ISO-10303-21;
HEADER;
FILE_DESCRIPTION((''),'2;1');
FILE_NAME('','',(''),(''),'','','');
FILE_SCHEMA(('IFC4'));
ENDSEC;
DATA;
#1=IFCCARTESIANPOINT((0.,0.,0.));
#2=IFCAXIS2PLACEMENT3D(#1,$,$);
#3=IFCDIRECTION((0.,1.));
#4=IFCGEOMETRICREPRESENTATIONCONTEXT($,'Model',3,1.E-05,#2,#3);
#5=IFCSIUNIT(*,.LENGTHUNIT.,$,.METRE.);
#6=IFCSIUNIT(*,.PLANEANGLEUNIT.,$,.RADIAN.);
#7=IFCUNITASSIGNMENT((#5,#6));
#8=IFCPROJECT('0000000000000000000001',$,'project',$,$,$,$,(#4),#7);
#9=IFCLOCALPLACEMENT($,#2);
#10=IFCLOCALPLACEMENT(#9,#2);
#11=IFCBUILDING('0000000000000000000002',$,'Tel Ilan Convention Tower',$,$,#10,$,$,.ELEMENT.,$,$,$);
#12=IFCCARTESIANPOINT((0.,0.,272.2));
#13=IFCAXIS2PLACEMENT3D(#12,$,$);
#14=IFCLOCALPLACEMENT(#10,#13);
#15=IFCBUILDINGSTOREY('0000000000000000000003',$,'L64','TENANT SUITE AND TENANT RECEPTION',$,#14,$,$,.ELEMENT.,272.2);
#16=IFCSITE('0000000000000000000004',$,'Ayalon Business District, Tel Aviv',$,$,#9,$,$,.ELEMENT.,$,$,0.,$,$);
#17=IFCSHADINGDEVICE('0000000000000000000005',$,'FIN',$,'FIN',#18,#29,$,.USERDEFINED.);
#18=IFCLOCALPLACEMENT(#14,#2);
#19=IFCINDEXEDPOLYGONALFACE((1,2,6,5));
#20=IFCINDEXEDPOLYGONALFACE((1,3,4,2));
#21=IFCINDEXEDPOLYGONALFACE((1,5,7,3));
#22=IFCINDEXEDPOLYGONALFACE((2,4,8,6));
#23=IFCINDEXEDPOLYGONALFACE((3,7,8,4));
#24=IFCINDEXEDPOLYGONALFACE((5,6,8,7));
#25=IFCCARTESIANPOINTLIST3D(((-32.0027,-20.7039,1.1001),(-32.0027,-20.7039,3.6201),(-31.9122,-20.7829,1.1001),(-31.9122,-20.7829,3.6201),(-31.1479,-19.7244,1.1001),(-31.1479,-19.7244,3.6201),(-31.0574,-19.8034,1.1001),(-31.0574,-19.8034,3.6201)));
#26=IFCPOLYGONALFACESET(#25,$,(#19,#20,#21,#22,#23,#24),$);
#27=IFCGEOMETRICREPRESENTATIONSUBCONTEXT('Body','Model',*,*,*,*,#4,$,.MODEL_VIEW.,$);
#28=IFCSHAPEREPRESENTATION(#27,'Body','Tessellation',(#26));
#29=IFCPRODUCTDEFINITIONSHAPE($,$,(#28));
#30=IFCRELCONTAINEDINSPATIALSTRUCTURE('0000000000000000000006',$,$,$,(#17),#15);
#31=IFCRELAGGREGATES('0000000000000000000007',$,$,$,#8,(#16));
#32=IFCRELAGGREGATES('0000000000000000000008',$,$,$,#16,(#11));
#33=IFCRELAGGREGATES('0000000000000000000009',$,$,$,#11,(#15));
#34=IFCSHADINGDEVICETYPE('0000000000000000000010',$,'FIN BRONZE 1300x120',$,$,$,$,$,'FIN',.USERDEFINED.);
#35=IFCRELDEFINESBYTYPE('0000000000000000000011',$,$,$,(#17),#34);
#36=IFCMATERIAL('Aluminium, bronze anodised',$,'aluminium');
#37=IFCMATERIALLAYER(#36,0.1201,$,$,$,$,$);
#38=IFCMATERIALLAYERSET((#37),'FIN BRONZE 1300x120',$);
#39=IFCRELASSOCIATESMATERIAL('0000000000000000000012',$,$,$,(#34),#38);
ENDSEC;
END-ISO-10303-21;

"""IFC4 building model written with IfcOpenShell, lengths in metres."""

from ifc_helpers import new_model, si_unit, direction, frame, origin, origin_2d, place, context, subcontext, project, spatial, rectangle, extrude, material, layer, layer_set, type_object, element, save


model = new_model("IFC4")

# Units and contexts
model_context = context("Model", 3, precision=1e-05, world=origin(), true_north=direction((0.0, 1.0)))
body_context = subcontext(model_context, "Body", "Model", "MODEL_VIEW")
ifc_project = project(units=[si_unit("LENGTHUNIT", "METRE"), si_unit("PLANEANGLEUNIT", "RADIAN")], contexts=[model_context])

# Site, building, storey
site_placement = place(None, origin())
site = spatial("IfcSite", under=ifc_project, at=site_placement, Name="Ayalon Business District, Tel Aviv", CompositionType="ELEMENT", RefElevation=0.0)
building_placement = place(site_placement, origin())
building = spatial("IfcBuilding", under=site, at=building_placement, Name="Tel Ilan Convention Tower", CompositionType="ELEMENT")
storey_placement = place(building_placement, frame((0.0, 0.0, 272.2)))
storey = spatial("IfcBuildingStorey", under=building, at=storey_placement, Name="L64", Description="TENANT SUITE AND TENANT RECEPTION", CompositionType="ELEMENT", Elevation=272.2)

# Shading device
ifc_material_1 = material(Name="Aluminium, bronze anodised", Category="aluminium")
ifc_layer_1 = layer(ifc_material_1, 0.1201)
ifc_layer_set_1 = layer_set([ifc_layer_1], Name="FIN BRONZE 1300x120")
shading_device_type = type_object("IfcShadingDeviceType", Name="FIN BRONZE 1300x120", ElementType="FIN", PredefinedType="USERDEFINED", material=ifc_layer_set_1)
for number, where, z_axis, x_axis, name in (
    (1, (-31.53, -20.2537, 1.1001), (0.0, 0.0, 1.0), (-0.657521, -0.753436, 0.0), "FIN"),
):
    element("IfcShadingDevice", number, at=place(storey_placement, frame(where, z_axis=z_axis, x_axis=x_axis)), inside=storey, type_object=shading_device_type, Name=name, ObjectType="FIN", PredefinedType="USERDEFINED", context=body_context, shape_type="SweptSolid", body=[
        extrude(rectangle(XDim=1.3, YDim=0.1201, at=origin_2d()), origin(), (0.0, 0.0, 1.0), 2.52),
    ])

save(model, "model.ifc")
